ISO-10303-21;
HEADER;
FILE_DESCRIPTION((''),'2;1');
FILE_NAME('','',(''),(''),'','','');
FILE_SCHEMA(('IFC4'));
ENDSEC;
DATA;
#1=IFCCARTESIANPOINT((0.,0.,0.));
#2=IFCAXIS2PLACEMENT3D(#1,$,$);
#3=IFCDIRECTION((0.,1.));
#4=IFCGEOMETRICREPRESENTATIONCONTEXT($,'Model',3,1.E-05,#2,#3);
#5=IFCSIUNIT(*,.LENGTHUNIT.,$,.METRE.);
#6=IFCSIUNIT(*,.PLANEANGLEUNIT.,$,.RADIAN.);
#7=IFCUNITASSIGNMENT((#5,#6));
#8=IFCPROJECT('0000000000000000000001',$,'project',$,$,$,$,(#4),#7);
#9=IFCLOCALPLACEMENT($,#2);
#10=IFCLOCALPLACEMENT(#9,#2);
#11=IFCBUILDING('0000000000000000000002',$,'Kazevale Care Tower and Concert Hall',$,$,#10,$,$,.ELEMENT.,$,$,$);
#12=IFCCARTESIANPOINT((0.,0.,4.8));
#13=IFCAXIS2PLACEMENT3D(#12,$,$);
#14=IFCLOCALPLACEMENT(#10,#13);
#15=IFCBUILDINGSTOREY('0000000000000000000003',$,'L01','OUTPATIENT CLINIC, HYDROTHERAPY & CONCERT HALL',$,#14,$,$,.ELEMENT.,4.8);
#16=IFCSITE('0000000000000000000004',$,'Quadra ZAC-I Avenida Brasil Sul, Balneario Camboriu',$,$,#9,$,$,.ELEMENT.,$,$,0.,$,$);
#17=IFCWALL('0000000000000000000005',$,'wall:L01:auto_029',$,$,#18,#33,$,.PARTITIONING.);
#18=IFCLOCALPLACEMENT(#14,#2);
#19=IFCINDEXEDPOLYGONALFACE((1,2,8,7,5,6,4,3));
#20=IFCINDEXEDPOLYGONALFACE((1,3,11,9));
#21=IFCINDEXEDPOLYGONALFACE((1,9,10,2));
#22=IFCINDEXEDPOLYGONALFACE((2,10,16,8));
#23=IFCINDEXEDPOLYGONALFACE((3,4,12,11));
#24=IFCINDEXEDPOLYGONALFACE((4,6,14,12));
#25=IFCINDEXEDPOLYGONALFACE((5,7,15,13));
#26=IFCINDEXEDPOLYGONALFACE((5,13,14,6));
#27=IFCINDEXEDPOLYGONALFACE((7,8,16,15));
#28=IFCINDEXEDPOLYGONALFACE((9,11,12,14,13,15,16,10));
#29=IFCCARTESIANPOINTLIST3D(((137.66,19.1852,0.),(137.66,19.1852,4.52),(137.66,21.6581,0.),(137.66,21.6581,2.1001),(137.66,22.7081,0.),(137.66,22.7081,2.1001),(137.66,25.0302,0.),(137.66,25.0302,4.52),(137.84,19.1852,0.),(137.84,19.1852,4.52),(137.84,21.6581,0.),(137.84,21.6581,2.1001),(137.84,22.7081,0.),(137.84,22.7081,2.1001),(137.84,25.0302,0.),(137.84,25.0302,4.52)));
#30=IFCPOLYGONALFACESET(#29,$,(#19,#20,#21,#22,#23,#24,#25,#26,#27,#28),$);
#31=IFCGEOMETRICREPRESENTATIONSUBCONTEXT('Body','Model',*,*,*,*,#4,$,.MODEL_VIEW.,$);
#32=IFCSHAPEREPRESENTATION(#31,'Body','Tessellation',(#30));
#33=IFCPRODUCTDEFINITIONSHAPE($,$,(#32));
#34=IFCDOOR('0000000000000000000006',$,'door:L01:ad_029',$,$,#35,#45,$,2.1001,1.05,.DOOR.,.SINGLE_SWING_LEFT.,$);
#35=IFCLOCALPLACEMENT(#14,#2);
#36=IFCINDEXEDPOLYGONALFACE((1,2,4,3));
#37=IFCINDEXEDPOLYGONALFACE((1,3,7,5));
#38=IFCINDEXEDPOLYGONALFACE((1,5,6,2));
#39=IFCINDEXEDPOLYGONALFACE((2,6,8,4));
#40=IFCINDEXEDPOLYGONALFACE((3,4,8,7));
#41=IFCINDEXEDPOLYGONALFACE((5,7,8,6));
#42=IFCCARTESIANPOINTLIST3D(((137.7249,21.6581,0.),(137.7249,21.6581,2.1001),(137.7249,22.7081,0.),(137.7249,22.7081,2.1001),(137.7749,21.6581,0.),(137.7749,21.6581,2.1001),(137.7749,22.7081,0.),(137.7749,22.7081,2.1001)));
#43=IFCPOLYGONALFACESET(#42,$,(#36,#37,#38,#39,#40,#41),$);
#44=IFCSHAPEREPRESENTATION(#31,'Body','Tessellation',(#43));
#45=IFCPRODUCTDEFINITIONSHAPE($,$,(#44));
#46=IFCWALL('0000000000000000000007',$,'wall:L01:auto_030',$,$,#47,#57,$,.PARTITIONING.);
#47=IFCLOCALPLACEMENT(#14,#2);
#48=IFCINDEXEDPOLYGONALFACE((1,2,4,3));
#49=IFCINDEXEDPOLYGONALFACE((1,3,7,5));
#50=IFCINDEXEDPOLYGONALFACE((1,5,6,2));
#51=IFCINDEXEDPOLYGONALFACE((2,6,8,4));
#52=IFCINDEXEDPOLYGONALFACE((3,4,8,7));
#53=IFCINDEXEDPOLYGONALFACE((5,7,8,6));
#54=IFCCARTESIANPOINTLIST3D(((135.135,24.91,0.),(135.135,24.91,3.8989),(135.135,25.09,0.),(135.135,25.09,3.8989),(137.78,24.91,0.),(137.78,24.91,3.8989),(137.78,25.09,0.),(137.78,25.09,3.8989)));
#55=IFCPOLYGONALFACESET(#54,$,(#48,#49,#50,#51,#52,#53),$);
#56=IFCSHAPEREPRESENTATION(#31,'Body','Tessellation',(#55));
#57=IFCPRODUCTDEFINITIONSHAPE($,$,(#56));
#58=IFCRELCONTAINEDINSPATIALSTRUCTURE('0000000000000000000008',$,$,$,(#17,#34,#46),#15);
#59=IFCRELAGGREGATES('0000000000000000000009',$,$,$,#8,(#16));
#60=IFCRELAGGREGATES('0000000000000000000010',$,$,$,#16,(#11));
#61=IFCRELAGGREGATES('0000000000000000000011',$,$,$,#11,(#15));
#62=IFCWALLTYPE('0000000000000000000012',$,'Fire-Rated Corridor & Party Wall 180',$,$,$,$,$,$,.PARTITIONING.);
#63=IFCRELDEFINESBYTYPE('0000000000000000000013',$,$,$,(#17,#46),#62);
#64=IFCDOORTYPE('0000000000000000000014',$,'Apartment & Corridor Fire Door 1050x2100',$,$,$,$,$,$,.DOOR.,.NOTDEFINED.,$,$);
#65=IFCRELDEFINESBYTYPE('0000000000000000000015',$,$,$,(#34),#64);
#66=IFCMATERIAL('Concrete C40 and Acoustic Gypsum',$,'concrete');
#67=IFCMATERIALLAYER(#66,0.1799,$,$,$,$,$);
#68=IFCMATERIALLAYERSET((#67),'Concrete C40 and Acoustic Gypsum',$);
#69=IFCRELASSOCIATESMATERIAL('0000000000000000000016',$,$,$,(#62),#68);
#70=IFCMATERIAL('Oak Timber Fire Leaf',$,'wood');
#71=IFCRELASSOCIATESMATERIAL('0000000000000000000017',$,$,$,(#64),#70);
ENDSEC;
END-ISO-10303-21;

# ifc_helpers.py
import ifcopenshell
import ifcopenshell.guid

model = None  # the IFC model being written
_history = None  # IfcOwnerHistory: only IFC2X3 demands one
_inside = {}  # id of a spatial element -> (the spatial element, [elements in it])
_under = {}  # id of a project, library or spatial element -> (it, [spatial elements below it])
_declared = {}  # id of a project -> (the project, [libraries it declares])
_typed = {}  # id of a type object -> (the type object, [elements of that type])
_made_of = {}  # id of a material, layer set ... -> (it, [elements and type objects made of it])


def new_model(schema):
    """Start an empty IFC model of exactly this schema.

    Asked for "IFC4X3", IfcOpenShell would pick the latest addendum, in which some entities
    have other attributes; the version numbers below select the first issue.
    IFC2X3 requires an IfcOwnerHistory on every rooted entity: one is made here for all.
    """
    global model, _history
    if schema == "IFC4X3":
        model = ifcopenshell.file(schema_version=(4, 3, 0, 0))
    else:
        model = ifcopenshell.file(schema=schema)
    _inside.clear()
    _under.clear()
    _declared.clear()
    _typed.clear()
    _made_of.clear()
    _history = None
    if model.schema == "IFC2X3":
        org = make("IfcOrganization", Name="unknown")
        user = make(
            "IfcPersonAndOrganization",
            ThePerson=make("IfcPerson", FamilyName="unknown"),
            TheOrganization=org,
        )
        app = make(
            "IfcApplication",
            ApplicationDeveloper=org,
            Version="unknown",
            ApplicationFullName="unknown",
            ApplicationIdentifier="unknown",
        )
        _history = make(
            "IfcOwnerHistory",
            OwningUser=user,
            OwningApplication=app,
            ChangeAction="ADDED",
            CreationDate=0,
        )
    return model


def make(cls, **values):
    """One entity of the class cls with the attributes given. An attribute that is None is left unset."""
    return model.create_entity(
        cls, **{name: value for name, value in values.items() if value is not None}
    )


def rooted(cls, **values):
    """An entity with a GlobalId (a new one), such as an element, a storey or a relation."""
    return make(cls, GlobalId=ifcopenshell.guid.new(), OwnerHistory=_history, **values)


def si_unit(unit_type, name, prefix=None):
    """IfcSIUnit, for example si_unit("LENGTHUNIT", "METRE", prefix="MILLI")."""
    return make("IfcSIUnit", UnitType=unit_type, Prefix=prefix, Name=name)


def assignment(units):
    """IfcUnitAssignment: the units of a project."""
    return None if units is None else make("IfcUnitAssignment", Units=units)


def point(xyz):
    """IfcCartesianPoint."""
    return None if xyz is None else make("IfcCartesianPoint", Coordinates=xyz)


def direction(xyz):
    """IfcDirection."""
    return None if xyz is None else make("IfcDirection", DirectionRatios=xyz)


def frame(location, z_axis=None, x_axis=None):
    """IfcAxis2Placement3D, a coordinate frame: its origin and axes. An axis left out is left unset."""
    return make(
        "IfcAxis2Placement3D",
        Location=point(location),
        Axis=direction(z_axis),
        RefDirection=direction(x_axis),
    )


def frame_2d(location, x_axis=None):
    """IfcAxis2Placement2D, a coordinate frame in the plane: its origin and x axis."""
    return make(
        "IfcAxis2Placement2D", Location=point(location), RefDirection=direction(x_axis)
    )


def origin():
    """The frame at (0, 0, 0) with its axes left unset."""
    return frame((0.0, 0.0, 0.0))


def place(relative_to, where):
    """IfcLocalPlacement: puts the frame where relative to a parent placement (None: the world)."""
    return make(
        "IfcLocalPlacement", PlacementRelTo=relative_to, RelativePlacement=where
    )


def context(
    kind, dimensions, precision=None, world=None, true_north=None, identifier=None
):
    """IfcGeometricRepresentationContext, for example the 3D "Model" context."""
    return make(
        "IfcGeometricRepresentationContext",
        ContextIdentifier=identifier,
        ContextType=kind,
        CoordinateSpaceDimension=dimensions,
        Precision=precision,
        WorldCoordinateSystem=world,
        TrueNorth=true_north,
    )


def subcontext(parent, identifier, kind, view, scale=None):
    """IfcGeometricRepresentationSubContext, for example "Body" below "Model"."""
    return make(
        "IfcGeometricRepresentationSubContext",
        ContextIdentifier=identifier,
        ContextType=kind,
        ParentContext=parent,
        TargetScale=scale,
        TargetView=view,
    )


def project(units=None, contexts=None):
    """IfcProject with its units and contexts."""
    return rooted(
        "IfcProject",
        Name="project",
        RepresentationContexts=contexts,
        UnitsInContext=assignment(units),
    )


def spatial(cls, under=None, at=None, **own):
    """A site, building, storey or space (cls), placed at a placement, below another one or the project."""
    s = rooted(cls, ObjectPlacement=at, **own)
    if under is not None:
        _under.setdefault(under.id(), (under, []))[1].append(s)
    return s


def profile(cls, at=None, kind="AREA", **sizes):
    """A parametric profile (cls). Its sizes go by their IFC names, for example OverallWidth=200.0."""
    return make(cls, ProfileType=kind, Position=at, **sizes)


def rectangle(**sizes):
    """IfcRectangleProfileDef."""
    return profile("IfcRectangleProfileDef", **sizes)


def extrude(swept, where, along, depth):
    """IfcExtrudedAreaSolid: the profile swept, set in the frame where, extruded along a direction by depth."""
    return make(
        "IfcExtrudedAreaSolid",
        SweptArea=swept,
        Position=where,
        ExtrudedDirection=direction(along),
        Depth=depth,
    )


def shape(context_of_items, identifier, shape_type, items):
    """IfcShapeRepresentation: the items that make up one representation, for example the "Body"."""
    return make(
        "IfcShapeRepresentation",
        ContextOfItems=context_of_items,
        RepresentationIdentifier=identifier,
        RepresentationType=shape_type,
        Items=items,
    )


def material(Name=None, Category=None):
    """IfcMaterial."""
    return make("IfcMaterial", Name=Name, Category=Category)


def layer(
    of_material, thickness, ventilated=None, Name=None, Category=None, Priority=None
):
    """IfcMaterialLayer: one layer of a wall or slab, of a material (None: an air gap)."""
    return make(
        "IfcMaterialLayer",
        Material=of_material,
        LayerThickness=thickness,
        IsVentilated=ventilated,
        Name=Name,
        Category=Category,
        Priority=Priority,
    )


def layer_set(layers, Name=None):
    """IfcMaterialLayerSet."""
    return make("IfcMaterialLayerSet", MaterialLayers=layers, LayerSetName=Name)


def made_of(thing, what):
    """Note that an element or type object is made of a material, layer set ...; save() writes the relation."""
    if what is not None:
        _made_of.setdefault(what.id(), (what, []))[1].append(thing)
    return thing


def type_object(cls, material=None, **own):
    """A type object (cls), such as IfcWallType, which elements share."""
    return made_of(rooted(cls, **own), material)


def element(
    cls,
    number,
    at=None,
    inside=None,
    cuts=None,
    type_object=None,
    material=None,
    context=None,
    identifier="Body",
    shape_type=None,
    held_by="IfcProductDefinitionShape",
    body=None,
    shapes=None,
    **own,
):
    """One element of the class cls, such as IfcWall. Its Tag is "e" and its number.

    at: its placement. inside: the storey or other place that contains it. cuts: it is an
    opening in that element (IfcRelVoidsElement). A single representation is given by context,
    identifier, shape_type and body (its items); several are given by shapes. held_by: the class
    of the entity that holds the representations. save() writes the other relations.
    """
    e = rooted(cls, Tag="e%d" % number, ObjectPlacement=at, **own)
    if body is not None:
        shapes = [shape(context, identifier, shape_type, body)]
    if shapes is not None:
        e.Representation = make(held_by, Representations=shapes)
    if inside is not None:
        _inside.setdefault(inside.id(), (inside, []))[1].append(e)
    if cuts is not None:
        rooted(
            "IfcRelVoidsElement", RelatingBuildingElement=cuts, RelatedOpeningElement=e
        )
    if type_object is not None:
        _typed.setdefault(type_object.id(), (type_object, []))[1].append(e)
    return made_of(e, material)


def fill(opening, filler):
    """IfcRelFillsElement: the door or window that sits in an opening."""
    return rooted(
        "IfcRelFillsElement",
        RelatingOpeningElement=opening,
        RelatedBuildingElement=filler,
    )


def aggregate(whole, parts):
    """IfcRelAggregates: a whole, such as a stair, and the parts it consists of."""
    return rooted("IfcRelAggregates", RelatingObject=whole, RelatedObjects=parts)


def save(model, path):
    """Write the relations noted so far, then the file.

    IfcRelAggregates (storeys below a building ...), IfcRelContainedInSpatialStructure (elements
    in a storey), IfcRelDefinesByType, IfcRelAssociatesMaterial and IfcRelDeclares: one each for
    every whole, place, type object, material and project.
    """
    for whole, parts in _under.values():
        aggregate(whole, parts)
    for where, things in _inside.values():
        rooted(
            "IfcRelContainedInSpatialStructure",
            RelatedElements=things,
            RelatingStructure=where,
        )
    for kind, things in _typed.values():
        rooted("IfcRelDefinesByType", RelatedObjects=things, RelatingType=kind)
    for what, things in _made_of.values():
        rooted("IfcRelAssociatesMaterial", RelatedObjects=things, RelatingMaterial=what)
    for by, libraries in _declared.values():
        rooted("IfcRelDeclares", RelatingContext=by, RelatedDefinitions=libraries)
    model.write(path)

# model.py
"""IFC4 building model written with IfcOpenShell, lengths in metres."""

from ifc_helpers import new_model, si_unit, direction, frame, frame_2d, origin, place, context, subcontext, project, spatial, rectangle, extrude, material, layer, layer_set, type_object, element, fill, save


model = new_model("IFC4")

# Units and contexts
model_context = context("Model", 3, precision=1e-05, world=origin(), true_north=direction((0.0, 1.0)))
body_context = subcontext(model_context, "Body", "Model", "MODEL_VIEW")
ifc_project = project(units=[si_unit("LENGTHUNIT", "METRE"), si_unit("PLANEANGLEUNIT", "RADIAN")], contexts=[model_context])

# Site, building, storey
site_placement = place(None, origin())
site = spatial("IfcSite", under=ifc_project, at=site_placement, Name="Quadra ZAC-I Avenida Brasil Sul, Balneario Camboriu", CompositionType="ELEMENT", RefElevation=0.0)
building_placement = place(site_placement, origin())
building = spatial("IfcBuilding", under=site, at=building_placement, Name="Kazevale Care Tower and Concert Hall", CompositionType="ELEMENT")
storey_placement = place(building_placement, frame((0.0, 0.0, 4.8)))
storey = spatial("IfcBuildingStorey", under=building, at=storey_placement, Name="L01", Description="OUTPATIENT CLINIC, HYDROTHERAPY & CONCERT HALL", CompositionType="ELEMENT", Elevation=4.8)

# Shared definitions
ifc_material_1 = material(Name="Concrete C40 and Acoustic Gypsum", Category="concrete")
ifc_layer_1 = layer(ifc_material_1, 0.1799)
ifc_layer_set_1 = layer_set([ifc_layer_1], Name="Concrete C40 and Acoustic Gypsum")
wall_type_1 = type_object("IfcWallType", Name="Fire-Rated Corridor & Party Wall 180", PredefinedType="PARTITIONING", material=ifc_layer_set_1)

# Wall, opening, door
wall_1_placement = place(storey_placement, frame((137.75, 25.03, 0.0), z_axis=(0.0, 0.0, 1.0), x_axis=(0.0, -1.0, 0.0)))
wall_1 = element("IfcWall", 1, at=wall_1_placement, inside=storey, type_object=wall_type_1, Name="wall:L01:auto_029", PredefinedType="PARTITIONING", context=body_context, shape_type="SweptSolid", body=[
    extrude(rectangle(XDim=5.845, YDim=0.1799, at=frame_2d((2.9224, 0.0))), origin(), (0.0, 0.0, 1.0), 4.52),
])
opening_1_placement = place(wall_1_placement, frame((2.322, 0.0, 0.0)))
opening_1 = element("IfcOpeningElement", 2, at=opening_1_placement, cuts=wall_1, PredefinedType="OPENING", context=body_context, shape_type="SweptSolid", body=[
    extrude(rectangle(XDim=1.05, YDim=2.1001, at=frame_2d((0.5249, 1.05))), frame((0.0, 0.0999, 0.0), z_axis=(0.0, -1.0, 0.0), x_axis=(1.0, 0.0, 0.0)), (0.0, 0.0, 1.0), 0.2),
])
ifc_material_2 = material(Name="Oak Timber Fire Leaf", Category="wood")
door_type = type_object("IfcDoorType", Name="Apartment & Corridor Fire Door 1050x2100", OperationType="NOTDEFINED", PredefinedType="DOOR", material=ifc_material_2)
door_placement = place(opening_1_placement, origin())
door = element("IfcDoor", 3, at=door_placement, inside=storey, type_object=door_type, Name="door:L01:ad_029", OperationType="SINGLE_SWING_LEFT", OverallHeight=2.1001, OverallWidth=1.05, PredefinedType="DOOR", context=body_context, shape_type="SweptSolid", body=[
    extrude(rectangle(XDim=1.05, YDim=2.1001, at=frame_2d((0.5249, 1.05))), frame((0.0, 0.0249, 0.0), z_axis=(0.0, -1.0, 0.0), x_axis=(1.0, 0.0, 0.0)), (0.0, 0.0, 1.0), 0.05),
])
fill(opening_1, door)

# Wall
wall_2_placement = place(storey_placement, frame((135.135, 25.0, 0.0), z_axis=(0.0, 0.0, 1.0), x_axis=(1.0, 0.0, 0.0)))
element("IfcWall", 4, at=wall_2_placement, inside=storey, type_object=wall_type_1, Name="wall:L01:auto_030", PredefinedType="PARTITIONING", context=body_context, shape_type="SweptSolid", body=[
    extrude(rectangle(XDim=2.645, YDim=0.1799, at=frame_2d((1.3225, 0.0))), origin(), (0.0, 0.0, 1.0), 3.8989),
])

save(model, "model.ifc")
